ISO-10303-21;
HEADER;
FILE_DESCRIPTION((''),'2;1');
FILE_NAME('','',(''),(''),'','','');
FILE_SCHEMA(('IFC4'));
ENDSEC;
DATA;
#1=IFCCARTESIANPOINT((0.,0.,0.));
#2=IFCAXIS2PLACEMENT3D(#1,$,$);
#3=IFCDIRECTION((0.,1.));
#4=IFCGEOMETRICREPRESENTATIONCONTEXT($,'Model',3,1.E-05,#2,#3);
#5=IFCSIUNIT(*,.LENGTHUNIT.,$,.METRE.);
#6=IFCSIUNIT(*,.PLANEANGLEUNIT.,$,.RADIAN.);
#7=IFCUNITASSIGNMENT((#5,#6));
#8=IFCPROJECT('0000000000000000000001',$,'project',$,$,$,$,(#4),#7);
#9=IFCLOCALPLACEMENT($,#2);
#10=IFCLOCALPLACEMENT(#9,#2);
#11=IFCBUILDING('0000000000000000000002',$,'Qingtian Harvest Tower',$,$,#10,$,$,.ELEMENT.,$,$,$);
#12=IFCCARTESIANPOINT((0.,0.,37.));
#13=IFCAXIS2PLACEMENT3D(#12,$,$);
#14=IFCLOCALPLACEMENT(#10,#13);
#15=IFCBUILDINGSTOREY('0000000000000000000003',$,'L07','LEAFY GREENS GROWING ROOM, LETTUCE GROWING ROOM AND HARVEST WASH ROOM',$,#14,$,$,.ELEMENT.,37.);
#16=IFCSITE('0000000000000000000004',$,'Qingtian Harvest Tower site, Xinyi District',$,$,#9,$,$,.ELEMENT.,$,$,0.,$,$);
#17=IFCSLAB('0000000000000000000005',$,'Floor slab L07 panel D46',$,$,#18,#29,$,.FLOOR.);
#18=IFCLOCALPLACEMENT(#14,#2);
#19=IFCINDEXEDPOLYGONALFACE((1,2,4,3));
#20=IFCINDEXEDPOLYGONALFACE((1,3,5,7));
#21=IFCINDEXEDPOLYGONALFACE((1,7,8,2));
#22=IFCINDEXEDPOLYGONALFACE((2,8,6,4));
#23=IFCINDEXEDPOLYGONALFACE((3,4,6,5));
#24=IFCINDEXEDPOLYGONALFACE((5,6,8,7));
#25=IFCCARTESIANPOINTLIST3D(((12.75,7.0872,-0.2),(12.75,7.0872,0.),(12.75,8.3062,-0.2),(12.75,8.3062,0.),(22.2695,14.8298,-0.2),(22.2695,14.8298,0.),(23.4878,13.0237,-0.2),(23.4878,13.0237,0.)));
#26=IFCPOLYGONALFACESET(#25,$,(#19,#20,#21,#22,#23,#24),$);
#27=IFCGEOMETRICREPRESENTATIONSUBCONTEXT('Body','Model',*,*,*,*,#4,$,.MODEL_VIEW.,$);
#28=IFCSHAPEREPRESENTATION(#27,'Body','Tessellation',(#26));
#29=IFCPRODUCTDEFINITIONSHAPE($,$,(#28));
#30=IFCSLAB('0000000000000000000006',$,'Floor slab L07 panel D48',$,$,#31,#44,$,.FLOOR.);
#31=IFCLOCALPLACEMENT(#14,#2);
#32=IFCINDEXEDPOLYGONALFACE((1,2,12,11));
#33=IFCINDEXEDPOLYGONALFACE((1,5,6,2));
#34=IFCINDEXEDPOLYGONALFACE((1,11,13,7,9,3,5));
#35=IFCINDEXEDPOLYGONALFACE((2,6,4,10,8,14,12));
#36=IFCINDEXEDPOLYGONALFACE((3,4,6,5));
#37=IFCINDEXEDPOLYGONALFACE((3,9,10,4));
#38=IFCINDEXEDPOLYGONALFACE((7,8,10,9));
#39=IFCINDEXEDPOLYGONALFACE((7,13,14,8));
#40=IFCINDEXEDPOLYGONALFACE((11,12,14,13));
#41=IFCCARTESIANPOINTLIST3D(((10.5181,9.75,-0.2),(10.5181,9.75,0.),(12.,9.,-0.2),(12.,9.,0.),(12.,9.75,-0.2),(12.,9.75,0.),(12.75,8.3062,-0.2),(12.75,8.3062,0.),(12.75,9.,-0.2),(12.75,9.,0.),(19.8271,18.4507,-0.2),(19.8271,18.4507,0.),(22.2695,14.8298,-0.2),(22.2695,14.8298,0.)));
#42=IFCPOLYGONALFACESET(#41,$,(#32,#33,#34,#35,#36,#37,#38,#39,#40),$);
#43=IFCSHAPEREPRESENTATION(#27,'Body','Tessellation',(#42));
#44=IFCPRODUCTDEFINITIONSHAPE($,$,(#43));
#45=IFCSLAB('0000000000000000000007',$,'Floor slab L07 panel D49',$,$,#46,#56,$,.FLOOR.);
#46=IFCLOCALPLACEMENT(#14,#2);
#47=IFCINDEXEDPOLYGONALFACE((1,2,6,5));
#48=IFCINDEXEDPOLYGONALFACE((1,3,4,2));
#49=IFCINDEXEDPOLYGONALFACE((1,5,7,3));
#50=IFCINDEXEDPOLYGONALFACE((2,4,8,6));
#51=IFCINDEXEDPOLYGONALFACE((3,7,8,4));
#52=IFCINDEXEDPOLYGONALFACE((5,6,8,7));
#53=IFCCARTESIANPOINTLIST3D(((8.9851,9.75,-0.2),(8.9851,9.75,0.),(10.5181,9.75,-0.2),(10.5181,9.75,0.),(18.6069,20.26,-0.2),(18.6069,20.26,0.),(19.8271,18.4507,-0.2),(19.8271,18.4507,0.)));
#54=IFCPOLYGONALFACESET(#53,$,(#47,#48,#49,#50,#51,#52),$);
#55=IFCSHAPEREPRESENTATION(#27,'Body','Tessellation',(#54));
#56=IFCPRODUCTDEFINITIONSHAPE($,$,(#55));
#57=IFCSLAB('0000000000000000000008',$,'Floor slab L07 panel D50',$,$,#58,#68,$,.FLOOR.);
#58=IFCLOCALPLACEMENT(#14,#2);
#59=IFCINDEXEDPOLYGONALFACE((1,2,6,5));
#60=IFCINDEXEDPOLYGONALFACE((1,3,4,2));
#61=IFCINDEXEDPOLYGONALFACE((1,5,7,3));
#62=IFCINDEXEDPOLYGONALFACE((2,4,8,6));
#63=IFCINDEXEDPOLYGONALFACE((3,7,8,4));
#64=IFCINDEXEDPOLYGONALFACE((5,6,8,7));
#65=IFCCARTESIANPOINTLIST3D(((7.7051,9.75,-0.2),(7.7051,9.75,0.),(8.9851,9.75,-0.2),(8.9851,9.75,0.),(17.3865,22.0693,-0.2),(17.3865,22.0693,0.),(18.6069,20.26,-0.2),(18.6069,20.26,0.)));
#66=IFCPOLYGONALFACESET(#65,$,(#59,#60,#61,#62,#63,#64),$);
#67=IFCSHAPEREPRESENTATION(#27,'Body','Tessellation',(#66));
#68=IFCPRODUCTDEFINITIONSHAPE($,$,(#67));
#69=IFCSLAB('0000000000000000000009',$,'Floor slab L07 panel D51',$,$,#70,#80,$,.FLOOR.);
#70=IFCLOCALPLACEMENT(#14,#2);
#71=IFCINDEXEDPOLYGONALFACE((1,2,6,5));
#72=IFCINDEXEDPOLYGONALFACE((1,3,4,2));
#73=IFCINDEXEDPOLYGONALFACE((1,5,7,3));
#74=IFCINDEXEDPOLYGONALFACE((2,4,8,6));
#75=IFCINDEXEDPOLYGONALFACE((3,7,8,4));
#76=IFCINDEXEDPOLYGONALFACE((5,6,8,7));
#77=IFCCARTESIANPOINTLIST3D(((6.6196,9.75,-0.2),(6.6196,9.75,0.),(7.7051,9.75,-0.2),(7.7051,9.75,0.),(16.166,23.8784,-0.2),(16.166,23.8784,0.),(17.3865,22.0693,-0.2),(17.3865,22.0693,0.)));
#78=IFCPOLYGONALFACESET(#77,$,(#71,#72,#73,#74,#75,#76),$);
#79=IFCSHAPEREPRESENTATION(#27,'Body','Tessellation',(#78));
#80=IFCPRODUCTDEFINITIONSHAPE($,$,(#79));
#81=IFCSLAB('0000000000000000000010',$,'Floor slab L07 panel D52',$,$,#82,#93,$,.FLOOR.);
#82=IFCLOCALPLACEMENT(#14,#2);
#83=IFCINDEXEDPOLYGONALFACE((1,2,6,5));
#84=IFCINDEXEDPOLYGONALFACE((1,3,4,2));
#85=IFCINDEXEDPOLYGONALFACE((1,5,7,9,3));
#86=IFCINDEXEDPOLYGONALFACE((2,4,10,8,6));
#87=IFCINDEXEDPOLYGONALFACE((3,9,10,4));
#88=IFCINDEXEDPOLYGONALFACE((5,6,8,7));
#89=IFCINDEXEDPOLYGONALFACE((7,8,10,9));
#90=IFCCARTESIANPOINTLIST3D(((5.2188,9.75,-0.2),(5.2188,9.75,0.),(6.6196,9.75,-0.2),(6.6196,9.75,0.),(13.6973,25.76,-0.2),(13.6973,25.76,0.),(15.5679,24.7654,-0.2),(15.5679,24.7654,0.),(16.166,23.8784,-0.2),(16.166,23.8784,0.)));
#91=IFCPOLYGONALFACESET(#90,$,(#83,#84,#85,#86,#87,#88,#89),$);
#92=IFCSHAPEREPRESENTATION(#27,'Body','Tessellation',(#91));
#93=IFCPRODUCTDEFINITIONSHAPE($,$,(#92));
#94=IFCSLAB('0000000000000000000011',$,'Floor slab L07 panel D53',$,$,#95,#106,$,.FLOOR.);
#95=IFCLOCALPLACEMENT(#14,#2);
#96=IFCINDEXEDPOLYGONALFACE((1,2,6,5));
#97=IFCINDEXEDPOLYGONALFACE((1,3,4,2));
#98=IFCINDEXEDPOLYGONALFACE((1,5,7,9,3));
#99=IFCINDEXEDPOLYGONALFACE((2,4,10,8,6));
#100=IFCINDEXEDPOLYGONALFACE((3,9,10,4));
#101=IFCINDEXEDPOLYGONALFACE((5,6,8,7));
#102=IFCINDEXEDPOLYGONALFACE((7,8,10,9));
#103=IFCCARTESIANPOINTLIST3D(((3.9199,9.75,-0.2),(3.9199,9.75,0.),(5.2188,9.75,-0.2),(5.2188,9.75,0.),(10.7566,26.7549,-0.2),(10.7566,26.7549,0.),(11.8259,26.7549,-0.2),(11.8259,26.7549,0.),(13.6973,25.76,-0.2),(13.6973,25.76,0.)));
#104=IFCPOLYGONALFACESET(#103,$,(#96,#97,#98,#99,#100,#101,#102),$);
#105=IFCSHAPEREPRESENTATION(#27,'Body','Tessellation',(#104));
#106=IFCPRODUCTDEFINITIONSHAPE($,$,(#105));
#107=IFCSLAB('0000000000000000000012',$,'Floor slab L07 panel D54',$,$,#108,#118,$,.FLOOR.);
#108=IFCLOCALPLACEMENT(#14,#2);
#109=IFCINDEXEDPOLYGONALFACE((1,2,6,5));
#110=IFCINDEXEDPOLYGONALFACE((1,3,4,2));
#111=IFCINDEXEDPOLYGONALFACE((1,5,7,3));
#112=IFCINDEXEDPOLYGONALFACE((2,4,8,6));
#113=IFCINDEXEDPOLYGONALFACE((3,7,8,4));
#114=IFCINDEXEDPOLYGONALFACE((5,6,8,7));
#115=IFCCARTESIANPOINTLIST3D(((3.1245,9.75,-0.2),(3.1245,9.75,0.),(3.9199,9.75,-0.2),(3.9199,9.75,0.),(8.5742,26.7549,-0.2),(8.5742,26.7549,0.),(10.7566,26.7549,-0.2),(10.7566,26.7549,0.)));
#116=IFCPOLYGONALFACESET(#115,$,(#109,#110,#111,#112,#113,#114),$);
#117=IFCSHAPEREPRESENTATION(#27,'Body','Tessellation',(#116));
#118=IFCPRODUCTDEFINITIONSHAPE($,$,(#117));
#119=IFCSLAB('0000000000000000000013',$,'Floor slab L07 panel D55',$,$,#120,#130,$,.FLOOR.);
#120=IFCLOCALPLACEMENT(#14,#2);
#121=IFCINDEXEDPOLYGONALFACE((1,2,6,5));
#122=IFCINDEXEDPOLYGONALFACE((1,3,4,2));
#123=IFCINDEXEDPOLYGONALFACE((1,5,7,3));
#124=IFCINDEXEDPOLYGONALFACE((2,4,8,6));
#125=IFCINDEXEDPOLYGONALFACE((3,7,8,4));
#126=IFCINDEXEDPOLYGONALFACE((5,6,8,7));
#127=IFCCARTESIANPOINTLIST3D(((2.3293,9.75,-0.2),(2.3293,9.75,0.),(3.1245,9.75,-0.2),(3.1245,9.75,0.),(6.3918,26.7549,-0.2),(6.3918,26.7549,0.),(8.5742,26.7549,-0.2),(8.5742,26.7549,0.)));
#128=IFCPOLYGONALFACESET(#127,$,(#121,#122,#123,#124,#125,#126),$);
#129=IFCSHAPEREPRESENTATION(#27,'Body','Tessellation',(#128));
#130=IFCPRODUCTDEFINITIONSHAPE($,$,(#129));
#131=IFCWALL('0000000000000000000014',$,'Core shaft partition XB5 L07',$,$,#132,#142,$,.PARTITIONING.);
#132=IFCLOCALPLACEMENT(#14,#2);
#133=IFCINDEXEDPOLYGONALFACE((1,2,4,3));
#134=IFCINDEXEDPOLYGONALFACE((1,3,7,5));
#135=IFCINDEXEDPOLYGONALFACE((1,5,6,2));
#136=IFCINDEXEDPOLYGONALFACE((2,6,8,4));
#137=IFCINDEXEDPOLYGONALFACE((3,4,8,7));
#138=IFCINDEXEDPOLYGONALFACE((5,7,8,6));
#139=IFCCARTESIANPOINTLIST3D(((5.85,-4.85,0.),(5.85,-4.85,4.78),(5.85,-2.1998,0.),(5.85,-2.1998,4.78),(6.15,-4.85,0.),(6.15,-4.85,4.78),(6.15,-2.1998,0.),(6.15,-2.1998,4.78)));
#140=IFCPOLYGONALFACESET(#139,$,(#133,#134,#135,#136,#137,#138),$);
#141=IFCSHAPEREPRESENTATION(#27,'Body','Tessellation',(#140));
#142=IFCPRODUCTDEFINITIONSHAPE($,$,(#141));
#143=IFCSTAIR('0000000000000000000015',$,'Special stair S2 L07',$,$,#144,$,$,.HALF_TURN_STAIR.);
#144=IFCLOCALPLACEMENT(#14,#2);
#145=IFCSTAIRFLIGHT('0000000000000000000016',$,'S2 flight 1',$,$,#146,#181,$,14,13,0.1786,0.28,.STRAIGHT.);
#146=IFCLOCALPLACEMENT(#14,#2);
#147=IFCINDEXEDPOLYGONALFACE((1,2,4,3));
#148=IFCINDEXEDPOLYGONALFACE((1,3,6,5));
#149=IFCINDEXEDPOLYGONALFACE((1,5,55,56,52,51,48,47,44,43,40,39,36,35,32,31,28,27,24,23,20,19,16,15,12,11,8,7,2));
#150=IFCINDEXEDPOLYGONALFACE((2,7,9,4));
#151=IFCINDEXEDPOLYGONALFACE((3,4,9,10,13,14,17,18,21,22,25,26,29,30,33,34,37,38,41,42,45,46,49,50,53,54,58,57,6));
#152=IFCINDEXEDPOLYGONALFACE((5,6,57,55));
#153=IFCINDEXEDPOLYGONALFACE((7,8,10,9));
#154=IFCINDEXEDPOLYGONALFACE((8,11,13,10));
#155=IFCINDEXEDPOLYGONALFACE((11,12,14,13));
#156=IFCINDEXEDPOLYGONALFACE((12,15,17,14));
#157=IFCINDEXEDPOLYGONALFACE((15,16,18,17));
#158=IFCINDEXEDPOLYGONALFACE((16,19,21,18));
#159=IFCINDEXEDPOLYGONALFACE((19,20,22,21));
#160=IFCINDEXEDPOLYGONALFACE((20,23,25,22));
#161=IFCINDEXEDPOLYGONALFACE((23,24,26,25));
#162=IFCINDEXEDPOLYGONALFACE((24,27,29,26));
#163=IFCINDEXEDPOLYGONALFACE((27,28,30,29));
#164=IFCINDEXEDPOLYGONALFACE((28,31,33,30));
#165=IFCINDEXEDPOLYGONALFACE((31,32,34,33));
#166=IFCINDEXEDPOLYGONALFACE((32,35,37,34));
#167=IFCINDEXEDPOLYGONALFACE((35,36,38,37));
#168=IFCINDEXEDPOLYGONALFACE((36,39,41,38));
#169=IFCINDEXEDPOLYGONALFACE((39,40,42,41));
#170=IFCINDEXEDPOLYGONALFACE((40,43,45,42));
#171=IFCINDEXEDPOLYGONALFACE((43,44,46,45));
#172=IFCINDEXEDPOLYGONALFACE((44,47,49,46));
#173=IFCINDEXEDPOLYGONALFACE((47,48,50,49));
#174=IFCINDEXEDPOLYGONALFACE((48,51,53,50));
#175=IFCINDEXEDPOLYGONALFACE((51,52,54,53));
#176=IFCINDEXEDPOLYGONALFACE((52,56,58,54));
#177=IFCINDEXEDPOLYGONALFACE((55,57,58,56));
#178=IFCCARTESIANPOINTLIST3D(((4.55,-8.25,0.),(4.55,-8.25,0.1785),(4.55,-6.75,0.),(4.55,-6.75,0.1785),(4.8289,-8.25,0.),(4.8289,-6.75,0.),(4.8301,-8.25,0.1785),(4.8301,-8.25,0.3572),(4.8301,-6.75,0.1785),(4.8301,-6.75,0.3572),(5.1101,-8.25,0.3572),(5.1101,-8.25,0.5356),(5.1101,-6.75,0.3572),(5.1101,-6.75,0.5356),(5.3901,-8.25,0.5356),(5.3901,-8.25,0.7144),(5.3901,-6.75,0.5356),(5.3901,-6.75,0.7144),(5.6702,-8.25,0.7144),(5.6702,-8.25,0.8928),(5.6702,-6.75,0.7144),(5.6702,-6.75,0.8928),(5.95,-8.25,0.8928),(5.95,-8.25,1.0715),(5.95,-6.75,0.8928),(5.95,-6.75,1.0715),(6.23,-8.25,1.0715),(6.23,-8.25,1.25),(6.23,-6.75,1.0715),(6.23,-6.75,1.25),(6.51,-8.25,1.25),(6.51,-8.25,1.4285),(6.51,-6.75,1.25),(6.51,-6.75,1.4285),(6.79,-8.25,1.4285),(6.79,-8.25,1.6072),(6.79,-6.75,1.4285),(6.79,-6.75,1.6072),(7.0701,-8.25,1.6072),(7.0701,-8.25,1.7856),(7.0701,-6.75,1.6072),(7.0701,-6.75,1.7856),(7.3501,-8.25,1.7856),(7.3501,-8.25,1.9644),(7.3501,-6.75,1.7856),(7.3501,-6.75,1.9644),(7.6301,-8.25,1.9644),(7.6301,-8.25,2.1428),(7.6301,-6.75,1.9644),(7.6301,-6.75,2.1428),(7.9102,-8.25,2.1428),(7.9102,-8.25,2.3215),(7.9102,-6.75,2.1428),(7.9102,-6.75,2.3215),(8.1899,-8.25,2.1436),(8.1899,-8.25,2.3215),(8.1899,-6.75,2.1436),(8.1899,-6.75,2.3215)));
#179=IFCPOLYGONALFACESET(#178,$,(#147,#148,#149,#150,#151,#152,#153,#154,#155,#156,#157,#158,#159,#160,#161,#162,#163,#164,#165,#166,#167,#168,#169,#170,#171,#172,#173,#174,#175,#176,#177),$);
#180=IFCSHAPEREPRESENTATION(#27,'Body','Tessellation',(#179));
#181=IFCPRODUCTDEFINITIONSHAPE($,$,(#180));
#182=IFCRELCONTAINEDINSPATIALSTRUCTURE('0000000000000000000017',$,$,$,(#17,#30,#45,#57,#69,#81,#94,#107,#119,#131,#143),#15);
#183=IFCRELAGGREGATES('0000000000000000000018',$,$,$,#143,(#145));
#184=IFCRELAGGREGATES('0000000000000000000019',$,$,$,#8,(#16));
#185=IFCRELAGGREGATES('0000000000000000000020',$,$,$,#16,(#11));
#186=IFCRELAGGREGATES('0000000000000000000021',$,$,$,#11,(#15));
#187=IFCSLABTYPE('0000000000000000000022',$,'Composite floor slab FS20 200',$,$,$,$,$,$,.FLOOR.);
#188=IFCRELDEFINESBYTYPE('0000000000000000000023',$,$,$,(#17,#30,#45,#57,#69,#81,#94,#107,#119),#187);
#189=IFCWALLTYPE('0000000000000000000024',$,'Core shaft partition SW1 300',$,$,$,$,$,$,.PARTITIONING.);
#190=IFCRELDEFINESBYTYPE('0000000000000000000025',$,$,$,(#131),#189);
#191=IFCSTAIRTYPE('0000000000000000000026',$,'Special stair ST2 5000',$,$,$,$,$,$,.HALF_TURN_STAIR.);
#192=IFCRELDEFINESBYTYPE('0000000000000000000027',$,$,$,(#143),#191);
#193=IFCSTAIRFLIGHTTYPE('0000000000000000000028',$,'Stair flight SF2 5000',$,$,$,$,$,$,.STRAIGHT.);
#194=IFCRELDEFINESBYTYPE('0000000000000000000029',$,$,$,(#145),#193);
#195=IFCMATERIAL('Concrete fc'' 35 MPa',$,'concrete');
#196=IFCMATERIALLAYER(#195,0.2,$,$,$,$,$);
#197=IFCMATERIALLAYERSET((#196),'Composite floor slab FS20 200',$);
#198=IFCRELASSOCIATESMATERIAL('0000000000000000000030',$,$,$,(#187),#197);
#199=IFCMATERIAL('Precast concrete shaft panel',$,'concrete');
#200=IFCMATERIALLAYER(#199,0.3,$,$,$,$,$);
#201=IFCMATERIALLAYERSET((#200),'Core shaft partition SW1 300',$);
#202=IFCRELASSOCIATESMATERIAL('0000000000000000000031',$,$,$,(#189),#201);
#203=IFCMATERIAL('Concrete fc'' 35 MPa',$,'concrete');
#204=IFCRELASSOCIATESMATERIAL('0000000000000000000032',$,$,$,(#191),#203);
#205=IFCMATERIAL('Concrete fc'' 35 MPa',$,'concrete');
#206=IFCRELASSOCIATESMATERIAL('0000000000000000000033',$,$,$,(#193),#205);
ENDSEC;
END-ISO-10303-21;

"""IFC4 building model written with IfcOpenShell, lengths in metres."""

from ifc_helpers import new_model, si_unit, direction, frame, frame_2d, origin, place, context, subcontext, project, spatial, polyline, rectangle, outline, extrude, material, layer, layer_set, type_object, element, aggregate, save


model = new_model("IFC4")

# Units and contexts
model_context = context("Model", 3, precision=1e-05, world=origin(), true_north=direction((0.0, 1.0)))
body_context = subcontext(model_context, "Body", "Model", "MODEL_VIEW")
ifc_project = project(units=[si_unit("LENGTHUNIT", "METRE"), si_unit("PLANEANGLEUNIT", "RADIAN")], contexts=[model_context])

# Site, building, storey
site_placement = place(None, origin())
site = spatial("IfcSite", under=ifc_project, at=site_placement, Name="Qingtian Harvest Tower site, Xinyi District", CompositionType="ELEMENT", RefElevation=0.0)
building_placement = place(site_placement, origin())
building = spatial("IfcBuilding", under=site, at=building_placement, Name="Qingtian Harvest Tower", CompositionType="ELEMENT")
storey_placement = place(building_placement, frame((0.0, 0.0, 37.0)))
storey = spatial("IfcBuildingStorey", under=building, at=storey_placement, Name="L07", Description="LEAFY GREENS GROWING ROOM, LETTUCE GROWING ROOM AND HARVEST WASH ROOM", CompositionType="ELEMENT", Elevation=37.0)

# Slabs
ifc_material_1 = material(Name="Concrete fc' 35 MPa", Category="concrete")
ifc_layer_1 = layer(ifc_material_1, 0.2)
ifc_layer_set_1 = layer_set([ifc_layer_1], Name="Composite floor slab FS20 200")
slab_type = type_object("IfcSlabType", Name="Composite floor slab FS20 200", PredefinedType="FLOOR", material=ifc_layer_set_1)
slab_1_placement = place(storey_placement, frame((0.0, 0.0, -0.2)))
element("IfcSlab", 1, at=slab_1_placement, inside=storey, type_object=slab_type, Name="Floor slab L07 panel D46", PredefinedType="FLOOR", context=body_context, shape_type="SweptSolid", body=[
    extrude(outline(polyline([(12.75, 8.3062), (22.2695, 14.8298), (23.4878, 13.0237), (12.75, 7.0872), (12.75, 8.3062)])), origin(), (0.0, 0.0, 1.0), 0.2),
])
slab_2_placement = place(storey_placement, frame((0.0, 0.0, -0.2)))
element("IfcSlab", 2, at=slab_2_placement, inside=storey, type_object=slab_type, Name="Floor slab L07 panel D48", PredefinedType="FLOOR", context=body_context, shape_type="SweptSolid", body=[
    extrude(outline(polyline([(19.8271, 18.4507), (22.2695, 14.8298), (12.75, 8.3062), (12.75, 9.0), (12.0, 9.0), (12.0, 9.75), (10.5181, 9.75), (19.8271, 18.4507)])), origin(), (0.0, 0.0, 1.0), 0.2),
])
slab_3_placement = place(storey_placement, frame((0.0, 0.0, -0.2)))
element("IfcSlab", 3, at=slab_3_placement, inside=storey, type_object=slab_type, Name="Floor slab L07 panel D49", PredefinedType="FLOOR", context=body_context, shape_type="SweptSolid", body=[
    extrude(outline(polyline([(8.9851, 9.75), (18.6069, 20.26), (19.8271, 18.4507), (10.5181, 9.75), (8.9851, 9.75)])), origin(), (0.0, 0.0, 1.0), 0.2),
])
slab_4_placement = place(storey_placement, frame((0.0, 0.0, -0.2)))
element("IfcSlab", 4, at=slab_4_placement, inside=storey, type_object=slab_type, Name="Floor slab L07 panel D50", PredefinedType="FLOOR", context=body_context, shape_type="SweptSolid", body=[
    extrude(outline(polyline([(7.7051, 9.75), (17.3865, 22.0693), (18.6069, 20.26), (8.9851, 9.75), (7.7051, 9.75)])), origin(), (0.0, 0.0, 1.0), 0.2),
])
slab_5_placement = place(storey_placement, frame((0.0, 0.0, -0.2)))
element("IfcSlab", 5, at=slab_5_placement, inside=storey, type_object=slab_type, Name="Floor slab L07 panel D51", PredefinedType="FLOOR", context=body_context, shape_type="SweptSolid", body=[
    extrude(outline(polyline([(6.6196, 9.75), (16.166, 23.8784), (17.3865, 22.0693), (7.7051, 9.75), (6.6196, 9.75)])), origin(), (0.0, 0.0, 1.0), 0.2),
])
slab_6_placement = place(storey_placement, frame((0.0, 0.0, -0.2)))
element("IfcSlab", 6, at=slab_6_placement, inside=storey, type_object=slab_type, Name="Floor slab L07 panel D52", PredefinedType="FLOOR", context=body_context, shape_type="SweptSolid", body=[
    extrude(outline(polyline([(6.6196, 9.75), (5.2188, 9.75), (13.6973, 25.76), (15.5679, 24.7654), (16.166, 23.8784), (6.6196, 9.75)])), origin(), (0.0, 0.0, 1.0), 0.2),
])
slab_7_placement = place(storey_placement, frame((0.0, 0.0, -0.2)))
element("IfcSlab", 7, at=slab_7_placement, inside=storey, type_object=slab_type, Name="Floor slab L07 panel D53", PredefinedType="FLOOR", context=body_context, shape_type="SweptSolid", body=[
    extrude(outline(polyline([(3.9199, 9.75), (10.7566, 26.7549), (11.8259, 26.7549), (13.6973, 25.76), (5.2188, 9.75), (3.9199, 9.75)])), origin(), (0.0, 0.0, 1.0), 0.2),
])
slab_8_placement = place(storey_placement, frame((0.0, 0.0, -0.2)))
element("IfcSlab", 8, at=slab_8_placement, inside=storey, type_object=slab_type, Name="Floor slab L07 panel D54", PredefinedType="FLOOR", context=body_context, shape_type="SweptSolid", body=[
    extrude(outline(polyline([(3.1245, 9.75), (8.5742, 26.7549), (10.7566, 26.7549), (3.9199, 9.75), (3.1245, 9.75)])), origin(), (0.0, 0.0, 1.0), 0.2),
])
slab_9_placement = place(storey_placement, frame((0.0, 0.0, -0.2)))
element("IfcSlab", 9, at=slab_9_placement, inside=storey, type_object=slab_type, Name="Floor slab L07 panel D55", PredefinedType="FLOOR", context=body_context, shape_type="SweptSolid", body=[
    extrude(outline(polyline([(2.3293, 9.75), (6.3918, 26.7549), (8.5742, 26.7549), (3.1245, 9.75), (2.3293, 9.75)])), origin(), (0.0, 0.0, 1.0), 0.2),
])

# Wall
ifc_material_2 = material(Name="Precast concrete shaft panel", Category="concrete")
ifc_layer_2 = layer(ifc_material_2, 0.3)
ifc_layer_set_2 = layer_set([ifc_layer_2], Name="Core shaft partition SW1 300")
wall_type = type_object("IfcWallType", Name="Core shaft partition SW1 300", PredefinedType="PARTITIONING", material=ifc_layer_set_2)
wall_placement = place(storey_placement, frame((6.0, -4.8501, 0.0), z_axis=(0.0, 0.0, 1.0), x_axis=(0.0, 1.0, 0.0)))
element("IfcWall", 10, at=wall_placement, inside=storey, type_object=wall_type, Name="Core shaft partition XB5 L07", PredefinedType="PARTITIONING", context=body_context, shape_type="SweptSolid", body=[
    extrude(rectangle(XDim=2.6501, YDim=0.3, at=frame_2d((1.3252, 0.0))), origin(), (0.0, 0.0, 1.0), 4.78),
])

# Stair, stair flight
ifc_material_3 = material(Name="Concrete fc' 35 MPa", Category="concrete")
stair_type = type_object("IfcStairType", Name="Special stair ST2 5000", PredefinedType="HALF_TURN_STAIR", material=ifc_material_3)
stair_placement = place(storey_placement, origin())
stair = element("IfcStair", 11, at=stair_placement, inside=storey, type_object=stair_type, Name="Special stair S2 L07", PredefinedType="HALF_TURN_STAIR")
ifc_material_4 = material(Name="Concrete fc' 35 MPa", Category="concrete")
stair_flight_type = type_object("IfcStairFlightType", Name="Stair flight SF2 5000", PredefinedType="STRAIGHT", material=ifc_material_4)
stair_flight_1_placement = place(storey_placement, frame((4.55, -7.5, 0.0), z_axis=(0.0, 0.0, 1.0), x_axis=(1.0, 0.0, 0.0)))
stair_flight_1 = element("IfcStairFlight", 12, at=stair_flight_1_placement, type_object=stair_flight_type, Name="S2 flight 1", NumberOfRisers=14, NumberOfTreads=13, PredefinedType="STRAIGHT", RiserHeight=0.1786, TreadLength=0.28, context=body_context, shape_type="SweptSolid", body=[
    extrude(outline(polyline([(0.0, 0.0), (0.0, 0.1785), (0.28, 0.1785), (0.28, 0.3572), (0.5601, 0.3572), (0.5601, 0.5356), (0.8401, 0.5356), (0.8401, 0.7144), (1.1201, 0.7144), (1.1201, 0.8928), (1.3999, 0.8928), (1.3999, 1.0715), (1.6799, 1.0715), (1.6799, 1.25), (1.96, 1.25), (1.96, 1.4285), (2.24, 1.4285), (2.24, 1.6072), (2.52, 1.6072), (2.52, 1.7856), (2.8, 1.7856), (2.8, 1.9644), (3.0801, 1.9644), (3.0801, 2.1428), (3.3601, 2.1428), (3.3601, 2.3215), (3.6399, 2.3215), (3.6399, 2.5), (3.6399, 2.1436), (0.2788, 0.0), (0.0, 0.0)])), frame((0.0, 0.75, 0.0), z_axis=(0.0, -1.0, 0.0), x_axis=(1.0, 0.0, 0.0)), (0.0, 0.0, 1.0), 1.5),
])
aggregate(stair, [stair_flight_1])

save(model, "model.ifc")
